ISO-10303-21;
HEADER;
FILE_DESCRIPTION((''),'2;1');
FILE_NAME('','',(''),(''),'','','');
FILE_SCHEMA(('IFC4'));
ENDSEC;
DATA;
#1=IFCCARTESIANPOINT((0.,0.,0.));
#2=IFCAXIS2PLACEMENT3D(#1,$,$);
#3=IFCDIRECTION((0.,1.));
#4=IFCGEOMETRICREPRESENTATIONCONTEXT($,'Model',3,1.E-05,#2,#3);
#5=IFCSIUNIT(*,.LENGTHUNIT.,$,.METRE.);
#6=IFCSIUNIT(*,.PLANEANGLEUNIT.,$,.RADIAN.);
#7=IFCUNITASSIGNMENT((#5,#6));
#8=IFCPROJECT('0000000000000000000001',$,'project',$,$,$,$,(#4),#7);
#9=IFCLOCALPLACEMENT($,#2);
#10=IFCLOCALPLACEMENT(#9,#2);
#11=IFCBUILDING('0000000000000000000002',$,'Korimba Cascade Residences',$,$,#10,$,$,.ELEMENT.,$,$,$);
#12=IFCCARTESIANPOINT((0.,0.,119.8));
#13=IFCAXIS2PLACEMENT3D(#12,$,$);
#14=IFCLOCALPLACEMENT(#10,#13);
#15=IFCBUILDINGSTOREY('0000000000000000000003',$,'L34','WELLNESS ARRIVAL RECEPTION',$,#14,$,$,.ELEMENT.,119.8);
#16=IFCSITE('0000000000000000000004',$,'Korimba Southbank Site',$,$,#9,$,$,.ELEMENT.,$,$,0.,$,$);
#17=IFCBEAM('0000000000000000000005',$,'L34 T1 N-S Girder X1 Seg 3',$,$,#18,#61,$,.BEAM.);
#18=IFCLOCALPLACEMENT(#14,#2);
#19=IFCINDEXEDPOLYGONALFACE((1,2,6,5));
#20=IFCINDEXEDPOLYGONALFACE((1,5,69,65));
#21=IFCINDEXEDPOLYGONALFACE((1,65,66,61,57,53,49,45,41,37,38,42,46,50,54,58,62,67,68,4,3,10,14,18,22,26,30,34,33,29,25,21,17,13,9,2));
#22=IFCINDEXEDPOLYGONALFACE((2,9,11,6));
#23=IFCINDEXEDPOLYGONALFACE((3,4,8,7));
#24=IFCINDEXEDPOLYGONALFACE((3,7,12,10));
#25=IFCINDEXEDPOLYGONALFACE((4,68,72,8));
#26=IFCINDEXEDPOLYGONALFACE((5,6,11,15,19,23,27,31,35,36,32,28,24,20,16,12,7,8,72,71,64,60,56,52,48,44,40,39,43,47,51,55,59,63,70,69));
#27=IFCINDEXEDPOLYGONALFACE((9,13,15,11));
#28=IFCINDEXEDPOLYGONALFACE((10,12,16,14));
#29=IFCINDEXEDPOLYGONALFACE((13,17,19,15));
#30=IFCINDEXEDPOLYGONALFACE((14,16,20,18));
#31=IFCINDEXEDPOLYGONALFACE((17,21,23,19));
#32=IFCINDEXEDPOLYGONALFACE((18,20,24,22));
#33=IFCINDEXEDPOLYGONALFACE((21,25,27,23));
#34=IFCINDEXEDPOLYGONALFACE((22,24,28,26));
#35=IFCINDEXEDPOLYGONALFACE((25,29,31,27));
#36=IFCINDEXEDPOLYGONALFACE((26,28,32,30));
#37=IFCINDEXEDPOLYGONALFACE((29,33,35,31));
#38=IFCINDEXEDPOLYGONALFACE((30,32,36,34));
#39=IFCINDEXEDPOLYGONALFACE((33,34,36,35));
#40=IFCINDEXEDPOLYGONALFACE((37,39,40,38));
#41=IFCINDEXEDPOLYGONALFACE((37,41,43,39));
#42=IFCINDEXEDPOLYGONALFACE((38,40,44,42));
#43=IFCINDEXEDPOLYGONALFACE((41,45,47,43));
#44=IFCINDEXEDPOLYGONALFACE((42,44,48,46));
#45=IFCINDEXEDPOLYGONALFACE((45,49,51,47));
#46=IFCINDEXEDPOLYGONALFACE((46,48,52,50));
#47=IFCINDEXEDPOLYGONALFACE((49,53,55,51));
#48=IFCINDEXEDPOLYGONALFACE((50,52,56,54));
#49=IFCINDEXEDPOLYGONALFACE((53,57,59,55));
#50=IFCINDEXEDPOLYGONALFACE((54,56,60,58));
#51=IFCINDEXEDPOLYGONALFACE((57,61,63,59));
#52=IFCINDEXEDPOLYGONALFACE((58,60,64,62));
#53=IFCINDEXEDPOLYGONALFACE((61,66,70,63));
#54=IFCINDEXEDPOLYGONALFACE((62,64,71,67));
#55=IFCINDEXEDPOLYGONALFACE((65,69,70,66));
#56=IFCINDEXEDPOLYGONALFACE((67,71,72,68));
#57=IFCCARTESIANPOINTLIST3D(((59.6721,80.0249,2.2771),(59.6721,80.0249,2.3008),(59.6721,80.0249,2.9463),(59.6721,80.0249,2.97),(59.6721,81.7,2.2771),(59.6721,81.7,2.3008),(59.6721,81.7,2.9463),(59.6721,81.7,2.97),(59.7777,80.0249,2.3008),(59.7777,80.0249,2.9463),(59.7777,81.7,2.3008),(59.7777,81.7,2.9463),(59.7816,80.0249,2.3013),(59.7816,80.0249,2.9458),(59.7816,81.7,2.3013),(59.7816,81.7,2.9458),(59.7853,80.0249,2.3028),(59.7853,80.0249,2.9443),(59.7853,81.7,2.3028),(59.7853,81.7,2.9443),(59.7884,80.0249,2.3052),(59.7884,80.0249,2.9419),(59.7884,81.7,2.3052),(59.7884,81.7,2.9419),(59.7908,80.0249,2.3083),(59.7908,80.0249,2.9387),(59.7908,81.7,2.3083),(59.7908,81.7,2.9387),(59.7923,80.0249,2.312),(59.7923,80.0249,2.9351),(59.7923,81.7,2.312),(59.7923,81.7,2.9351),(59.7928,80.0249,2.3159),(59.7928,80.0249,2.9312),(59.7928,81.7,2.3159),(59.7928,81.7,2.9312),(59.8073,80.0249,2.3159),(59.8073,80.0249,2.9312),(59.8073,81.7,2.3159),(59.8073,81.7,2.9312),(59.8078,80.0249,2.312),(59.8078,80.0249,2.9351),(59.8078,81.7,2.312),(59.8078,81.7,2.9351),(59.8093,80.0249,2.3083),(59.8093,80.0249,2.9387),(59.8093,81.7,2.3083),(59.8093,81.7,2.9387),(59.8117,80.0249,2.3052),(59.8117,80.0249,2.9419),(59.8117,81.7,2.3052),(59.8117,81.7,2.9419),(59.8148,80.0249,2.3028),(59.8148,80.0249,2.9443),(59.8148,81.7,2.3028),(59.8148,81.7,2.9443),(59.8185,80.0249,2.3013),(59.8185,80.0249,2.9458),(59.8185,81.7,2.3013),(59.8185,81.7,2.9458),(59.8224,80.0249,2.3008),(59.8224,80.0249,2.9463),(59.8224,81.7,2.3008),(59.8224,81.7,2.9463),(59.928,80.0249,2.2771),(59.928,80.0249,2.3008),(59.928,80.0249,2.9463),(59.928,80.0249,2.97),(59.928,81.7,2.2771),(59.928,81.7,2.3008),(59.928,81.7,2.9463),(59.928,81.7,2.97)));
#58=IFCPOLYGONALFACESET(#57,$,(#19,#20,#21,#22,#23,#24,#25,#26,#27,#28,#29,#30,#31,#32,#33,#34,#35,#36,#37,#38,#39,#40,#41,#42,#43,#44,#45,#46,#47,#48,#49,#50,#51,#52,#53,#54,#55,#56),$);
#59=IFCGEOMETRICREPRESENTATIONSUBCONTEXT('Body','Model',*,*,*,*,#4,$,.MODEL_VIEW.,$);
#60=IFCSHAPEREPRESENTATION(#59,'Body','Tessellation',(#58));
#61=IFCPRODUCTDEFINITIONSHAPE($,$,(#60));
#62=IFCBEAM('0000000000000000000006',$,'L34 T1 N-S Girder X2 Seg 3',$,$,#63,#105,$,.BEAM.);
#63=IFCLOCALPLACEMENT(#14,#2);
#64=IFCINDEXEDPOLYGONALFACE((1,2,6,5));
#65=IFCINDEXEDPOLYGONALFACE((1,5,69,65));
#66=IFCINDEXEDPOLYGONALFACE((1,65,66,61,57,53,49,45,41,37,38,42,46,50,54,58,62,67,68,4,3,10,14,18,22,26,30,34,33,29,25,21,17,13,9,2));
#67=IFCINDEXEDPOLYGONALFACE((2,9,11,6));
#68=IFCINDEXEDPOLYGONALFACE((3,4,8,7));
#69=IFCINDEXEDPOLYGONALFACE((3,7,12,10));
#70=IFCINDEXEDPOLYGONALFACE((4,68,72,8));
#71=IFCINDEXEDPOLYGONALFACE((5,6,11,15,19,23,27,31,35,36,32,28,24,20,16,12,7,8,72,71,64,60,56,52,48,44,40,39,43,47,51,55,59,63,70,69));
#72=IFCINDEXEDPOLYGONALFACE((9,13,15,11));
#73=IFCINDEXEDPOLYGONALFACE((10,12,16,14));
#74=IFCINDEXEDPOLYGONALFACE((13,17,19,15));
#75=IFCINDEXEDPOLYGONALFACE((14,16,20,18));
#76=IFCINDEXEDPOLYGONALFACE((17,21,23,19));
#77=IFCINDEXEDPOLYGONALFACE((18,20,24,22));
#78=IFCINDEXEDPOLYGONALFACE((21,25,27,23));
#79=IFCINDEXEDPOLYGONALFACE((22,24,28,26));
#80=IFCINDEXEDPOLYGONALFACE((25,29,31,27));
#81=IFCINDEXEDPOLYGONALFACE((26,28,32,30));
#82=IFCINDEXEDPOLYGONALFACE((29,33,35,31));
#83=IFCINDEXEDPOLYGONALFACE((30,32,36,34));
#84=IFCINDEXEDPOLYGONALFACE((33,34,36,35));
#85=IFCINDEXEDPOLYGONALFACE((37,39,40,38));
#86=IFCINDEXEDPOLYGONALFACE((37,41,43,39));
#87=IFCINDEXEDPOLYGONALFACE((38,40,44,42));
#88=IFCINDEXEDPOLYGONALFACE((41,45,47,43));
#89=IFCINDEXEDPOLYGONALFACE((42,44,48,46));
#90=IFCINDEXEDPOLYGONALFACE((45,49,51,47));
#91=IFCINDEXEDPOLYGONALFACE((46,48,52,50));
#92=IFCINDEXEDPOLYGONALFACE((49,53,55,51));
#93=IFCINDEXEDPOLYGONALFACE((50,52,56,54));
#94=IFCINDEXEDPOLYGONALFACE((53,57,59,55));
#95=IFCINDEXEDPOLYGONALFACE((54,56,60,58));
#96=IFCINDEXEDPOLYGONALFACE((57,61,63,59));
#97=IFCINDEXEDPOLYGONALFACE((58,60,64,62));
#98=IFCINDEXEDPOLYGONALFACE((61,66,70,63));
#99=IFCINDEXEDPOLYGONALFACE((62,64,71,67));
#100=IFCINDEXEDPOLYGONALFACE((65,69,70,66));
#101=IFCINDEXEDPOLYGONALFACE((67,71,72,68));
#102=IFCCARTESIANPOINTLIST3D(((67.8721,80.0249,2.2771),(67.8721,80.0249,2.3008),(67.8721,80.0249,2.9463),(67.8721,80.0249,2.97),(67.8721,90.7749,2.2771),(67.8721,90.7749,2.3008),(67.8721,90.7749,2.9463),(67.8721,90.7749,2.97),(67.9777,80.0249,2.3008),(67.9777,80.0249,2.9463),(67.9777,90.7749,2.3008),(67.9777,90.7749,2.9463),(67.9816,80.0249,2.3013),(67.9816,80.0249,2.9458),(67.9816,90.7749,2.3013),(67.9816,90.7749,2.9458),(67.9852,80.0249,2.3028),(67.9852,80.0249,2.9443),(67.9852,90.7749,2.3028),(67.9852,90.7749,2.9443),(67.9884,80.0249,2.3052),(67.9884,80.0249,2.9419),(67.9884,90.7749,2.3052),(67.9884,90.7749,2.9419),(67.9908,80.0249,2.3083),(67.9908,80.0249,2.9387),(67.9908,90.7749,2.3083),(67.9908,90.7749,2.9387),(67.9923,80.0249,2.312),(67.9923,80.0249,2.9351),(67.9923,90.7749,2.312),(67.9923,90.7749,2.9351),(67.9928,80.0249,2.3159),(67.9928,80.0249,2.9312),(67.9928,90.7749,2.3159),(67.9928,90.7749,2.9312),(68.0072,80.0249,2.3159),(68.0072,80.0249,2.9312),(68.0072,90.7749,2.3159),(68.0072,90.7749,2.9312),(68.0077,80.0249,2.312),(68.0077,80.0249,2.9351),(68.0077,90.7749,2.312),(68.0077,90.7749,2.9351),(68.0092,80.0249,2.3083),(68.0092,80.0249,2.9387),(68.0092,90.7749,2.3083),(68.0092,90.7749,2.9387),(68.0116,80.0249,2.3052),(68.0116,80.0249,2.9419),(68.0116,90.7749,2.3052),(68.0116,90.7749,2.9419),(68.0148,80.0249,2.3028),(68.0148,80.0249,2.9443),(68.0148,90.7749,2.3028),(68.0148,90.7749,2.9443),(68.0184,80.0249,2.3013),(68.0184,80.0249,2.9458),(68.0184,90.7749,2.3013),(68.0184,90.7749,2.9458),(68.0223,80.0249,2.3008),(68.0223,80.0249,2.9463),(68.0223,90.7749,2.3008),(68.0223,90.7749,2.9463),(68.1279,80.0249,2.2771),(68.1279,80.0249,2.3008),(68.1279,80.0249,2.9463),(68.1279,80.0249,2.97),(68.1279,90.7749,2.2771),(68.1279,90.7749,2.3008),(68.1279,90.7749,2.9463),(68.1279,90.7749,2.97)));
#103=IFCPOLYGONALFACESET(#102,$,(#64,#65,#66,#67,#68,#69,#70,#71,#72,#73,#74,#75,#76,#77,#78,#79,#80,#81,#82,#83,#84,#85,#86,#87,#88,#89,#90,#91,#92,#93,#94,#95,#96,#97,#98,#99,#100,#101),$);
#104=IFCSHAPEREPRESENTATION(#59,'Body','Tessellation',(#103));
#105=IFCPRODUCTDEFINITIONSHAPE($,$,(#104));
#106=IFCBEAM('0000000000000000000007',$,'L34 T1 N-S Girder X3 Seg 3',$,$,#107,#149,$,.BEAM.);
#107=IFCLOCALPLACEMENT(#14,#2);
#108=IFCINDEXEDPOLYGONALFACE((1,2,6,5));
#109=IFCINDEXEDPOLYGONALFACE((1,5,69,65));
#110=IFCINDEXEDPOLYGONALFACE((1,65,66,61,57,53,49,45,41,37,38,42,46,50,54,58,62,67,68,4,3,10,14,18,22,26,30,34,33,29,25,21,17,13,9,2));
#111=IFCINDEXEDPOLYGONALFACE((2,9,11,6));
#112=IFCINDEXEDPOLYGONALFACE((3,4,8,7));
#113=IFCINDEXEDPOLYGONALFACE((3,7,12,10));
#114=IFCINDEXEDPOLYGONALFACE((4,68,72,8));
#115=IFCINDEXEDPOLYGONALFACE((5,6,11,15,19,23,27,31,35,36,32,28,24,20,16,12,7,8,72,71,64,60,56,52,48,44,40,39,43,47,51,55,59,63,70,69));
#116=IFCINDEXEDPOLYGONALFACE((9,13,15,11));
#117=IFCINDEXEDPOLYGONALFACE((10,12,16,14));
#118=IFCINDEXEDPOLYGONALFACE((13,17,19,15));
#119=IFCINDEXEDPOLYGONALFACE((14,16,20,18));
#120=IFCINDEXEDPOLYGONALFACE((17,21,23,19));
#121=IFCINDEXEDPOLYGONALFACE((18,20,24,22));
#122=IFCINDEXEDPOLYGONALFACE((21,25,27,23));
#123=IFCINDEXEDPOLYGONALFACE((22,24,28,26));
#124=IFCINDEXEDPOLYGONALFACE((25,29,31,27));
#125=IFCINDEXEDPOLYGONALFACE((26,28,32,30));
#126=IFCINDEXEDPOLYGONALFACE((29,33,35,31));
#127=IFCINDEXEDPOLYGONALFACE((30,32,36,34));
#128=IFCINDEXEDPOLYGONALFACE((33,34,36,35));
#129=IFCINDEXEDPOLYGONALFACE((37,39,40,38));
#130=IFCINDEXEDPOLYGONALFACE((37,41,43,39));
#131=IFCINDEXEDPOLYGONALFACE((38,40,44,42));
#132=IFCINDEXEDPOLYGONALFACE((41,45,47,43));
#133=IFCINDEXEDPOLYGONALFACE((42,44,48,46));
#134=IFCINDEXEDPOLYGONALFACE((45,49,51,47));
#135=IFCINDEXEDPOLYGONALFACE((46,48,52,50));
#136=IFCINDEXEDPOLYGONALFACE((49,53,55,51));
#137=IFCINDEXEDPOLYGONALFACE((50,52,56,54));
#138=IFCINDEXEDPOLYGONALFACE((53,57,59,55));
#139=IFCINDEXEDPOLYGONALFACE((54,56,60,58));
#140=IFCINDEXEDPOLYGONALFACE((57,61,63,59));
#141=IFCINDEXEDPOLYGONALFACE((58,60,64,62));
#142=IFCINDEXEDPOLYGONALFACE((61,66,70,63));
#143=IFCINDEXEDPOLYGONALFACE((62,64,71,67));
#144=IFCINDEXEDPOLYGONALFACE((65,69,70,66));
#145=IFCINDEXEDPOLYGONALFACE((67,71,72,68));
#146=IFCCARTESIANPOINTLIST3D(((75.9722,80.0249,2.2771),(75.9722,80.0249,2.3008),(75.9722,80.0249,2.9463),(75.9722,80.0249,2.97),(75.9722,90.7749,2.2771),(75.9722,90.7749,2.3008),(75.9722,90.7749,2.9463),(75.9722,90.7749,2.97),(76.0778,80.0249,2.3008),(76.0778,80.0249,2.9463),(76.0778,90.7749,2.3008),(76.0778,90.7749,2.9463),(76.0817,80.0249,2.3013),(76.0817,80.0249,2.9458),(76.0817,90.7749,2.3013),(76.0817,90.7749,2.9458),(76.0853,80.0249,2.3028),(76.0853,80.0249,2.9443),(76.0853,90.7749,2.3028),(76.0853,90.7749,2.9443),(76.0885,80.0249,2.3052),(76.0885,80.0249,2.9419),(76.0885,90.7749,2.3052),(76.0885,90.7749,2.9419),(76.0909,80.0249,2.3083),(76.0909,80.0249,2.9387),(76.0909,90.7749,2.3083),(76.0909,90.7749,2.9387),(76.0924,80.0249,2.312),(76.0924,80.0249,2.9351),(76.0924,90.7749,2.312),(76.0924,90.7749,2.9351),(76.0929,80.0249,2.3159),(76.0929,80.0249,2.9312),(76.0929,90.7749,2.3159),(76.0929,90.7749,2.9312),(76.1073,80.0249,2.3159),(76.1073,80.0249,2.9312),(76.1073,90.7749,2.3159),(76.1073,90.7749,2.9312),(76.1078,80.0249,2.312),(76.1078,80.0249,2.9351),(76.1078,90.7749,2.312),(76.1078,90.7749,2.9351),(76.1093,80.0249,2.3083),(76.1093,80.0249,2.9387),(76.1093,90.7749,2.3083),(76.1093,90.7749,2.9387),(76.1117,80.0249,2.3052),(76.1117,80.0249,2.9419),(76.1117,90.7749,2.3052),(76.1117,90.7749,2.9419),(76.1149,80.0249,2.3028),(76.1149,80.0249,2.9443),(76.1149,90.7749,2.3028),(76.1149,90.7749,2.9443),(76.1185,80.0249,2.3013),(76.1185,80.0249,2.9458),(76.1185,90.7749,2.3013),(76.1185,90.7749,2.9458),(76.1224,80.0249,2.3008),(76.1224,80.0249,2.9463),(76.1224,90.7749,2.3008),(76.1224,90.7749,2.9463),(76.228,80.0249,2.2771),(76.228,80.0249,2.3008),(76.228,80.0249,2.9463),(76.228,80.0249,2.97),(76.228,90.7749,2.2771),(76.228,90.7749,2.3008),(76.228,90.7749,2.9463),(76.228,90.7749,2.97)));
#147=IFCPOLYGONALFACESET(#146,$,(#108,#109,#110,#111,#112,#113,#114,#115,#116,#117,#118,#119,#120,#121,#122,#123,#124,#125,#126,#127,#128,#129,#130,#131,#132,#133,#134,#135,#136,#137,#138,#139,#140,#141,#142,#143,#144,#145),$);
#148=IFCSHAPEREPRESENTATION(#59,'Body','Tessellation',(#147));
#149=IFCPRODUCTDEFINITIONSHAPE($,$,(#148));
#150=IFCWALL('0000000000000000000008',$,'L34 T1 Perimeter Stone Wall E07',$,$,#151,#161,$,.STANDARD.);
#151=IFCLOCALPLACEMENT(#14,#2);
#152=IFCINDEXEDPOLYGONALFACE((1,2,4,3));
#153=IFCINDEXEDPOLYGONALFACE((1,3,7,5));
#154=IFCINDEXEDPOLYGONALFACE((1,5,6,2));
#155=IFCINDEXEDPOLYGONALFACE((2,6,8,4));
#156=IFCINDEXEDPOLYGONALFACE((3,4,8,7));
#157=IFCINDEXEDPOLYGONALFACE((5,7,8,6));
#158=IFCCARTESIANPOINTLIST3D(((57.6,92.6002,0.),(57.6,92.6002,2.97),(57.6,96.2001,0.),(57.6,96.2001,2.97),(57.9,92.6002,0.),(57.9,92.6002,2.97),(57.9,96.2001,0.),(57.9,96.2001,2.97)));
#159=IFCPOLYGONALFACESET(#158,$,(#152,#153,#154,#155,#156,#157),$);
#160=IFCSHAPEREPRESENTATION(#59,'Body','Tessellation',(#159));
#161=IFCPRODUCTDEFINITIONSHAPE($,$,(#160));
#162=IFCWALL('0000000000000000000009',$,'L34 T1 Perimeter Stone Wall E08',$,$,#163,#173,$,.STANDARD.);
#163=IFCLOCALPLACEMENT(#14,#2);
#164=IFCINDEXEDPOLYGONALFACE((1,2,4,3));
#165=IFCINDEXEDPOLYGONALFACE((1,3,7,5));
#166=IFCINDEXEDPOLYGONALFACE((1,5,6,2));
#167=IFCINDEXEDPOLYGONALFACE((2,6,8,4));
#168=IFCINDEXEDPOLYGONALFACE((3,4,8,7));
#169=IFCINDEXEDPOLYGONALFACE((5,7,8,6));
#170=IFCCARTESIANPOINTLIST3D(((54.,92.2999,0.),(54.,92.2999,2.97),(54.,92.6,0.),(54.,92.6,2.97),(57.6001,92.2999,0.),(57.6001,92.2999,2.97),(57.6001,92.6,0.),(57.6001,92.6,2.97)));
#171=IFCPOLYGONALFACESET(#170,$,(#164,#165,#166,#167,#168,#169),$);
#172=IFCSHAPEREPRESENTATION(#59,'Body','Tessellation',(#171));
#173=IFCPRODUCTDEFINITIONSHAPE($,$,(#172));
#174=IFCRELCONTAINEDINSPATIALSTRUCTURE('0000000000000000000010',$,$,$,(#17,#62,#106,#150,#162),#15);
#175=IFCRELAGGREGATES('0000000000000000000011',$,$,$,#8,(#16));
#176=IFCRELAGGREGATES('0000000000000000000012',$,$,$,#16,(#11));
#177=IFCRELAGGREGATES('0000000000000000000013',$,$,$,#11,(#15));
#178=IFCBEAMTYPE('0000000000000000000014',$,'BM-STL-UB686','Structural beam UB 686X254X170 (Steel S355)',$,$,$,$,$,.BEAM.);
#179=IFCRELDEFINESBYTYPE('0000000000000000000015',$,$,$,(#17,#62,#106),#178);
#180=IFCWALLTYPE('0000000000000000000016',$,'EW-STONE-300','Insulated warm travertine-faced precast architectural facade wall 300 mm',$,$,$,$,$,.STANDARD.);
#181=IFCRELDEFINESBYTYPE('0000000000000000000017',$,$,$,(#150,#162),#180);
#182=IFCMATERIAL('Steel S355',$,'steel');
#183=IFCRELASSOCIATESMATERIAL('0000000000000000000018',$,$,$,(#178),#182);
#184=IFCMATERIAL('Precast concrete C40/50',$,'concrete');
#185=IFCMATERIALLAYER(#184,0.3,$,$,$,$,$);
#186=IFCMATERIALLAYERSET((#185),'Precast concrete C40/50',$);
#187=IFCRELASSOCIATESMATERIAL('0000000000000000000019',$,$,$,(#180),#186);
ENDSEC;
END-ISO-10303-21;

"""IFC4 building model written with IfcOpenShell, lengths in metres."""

from ifc_helpers import new_model, si_unit, direction, frame, frame_2d, origin, origin_2d, place, context, subcontext, project, spatial, rectangle, i_section, extrude, material, layer, layer_set, material_profile, profile_set, type_object, element, save


model = new_model("IFC4")

# Units and contexts
model_context = context("Model", 3, precision=1e-05, world=origin(), true_north=direction((0.0, 1.0)))
body_context = subcontext(model_context, "Body", "Model", "MODEL_VIEW")
ifc_project = project(units=[si_unit("LENGTHUNIT", "METRE"), si_unit("PLANEANGLEUNIT", "RADIAN")], contexts=[model_context])

# Site, building, storey
site_placement = place(None, origin())
site = spatial("IfcSite", under=ifc_project, at=site_placement, Name="Korimba Southbank Site", CompositionType="ELEMENT", RefElevation=0.0)
building_placement = place(site_placement, origin())
building = spatial("IfcBuilding", under=site, at=building_placement, Name="Korimba Cascade Residences", CompositionType="ELEMENT")
storey_placement = place(building_placement, frame((0.0, 0.0, 119.8)))
storey = spatial("IfcBuildingStorey", under=building, at=storey_placement, Name="L34", Description="WELLNESS ARRIVAL RECEPTION", CompositionType="ELEMENT", Elevation=119.8)

# Beams
ifc_material_1 = material(Name="Steel S355", Category="steel")
ifc_material_profile_1 = material_profile(ifc_material_1, i_section(OverallWidth=0.2559, OverallDepth=0.6929, WebThickness=0.0144, FlangeThickness=0.0237, FilletRadius=0.0151, at=origin_2d()), Name="Steel S355")
ifc_profile_set_1 = profile_set([ifc_material_profile_1], Name="Steel S355")
beam_type_1 = type_object("IfcBeamType", Name="BM-STL-UB686", Description="Structural beam UB 686X254X170 (Steel S355)", PredefinedType="BEAM", material=ifc_profile_set_1)
beam_1_placement = place(storey_placement, frame((59.8, 80.0249, 2.6235), z_axis=(0.0, 1.0, 0.0), x_axis=(-1.0, 0.0, 0.0)))
element("IfcBeam", 1, at=beam_1_placement, inside=storey, type_object=beam_type_1, Name="L34 T1 N-S Girder X1 Seg 3", PredefinedType="BEAM", context=body_context, shape_type="SweptSolid", body=[
    extrude(i_section(OverallWidth=0.2559, OverallDepth=0.6929, WebThickness=0.0144, FlangeThickness=0.0237, FilletRadius=0.0151, at=origin_2d()), origin(), (0.0, 0.0, 1.0), 1.675),
])
for number, where, z_axis, x_axis, name in (
    (2, (68.0, 80.0249, 2.6235), (0.0, 1.0, 0.0), (-1.0, 0.0, 0.0), "L34 T1 N-S Girder X2 Seg 3"),
    (3, (76.1001, 80.0249, 2.6235), (0.0, 1.0, 0.0), (-1.0, 0.0, 0.0), "L34 T1 N-S Girder X3 Seg 3"),
):
    element("IfcBeam", number, at=place(storey_placement, frame(where, z_axis=z_axis, x_axis=x_axis)), inside=storey, type_object=beam_type_1, Name=name, PredefinedType="BEAM", context=body_context, shape_type="SweptSolid", body=[
        extrude(i_section(OverallWidth=0.2559, OverallDepth=0.6929, WebThickness=0.0144, FlangeThickness=0.0237, FilletRadius=0.0151, at=origin_2d()), origin(), (0.0, 0.0, 1.0), 10.75),
    ])

# Walls
ifc_material_2 = material(Name="Precast concrete C40/50", Category="concrete")
ifc_layer_1 = layer(ifc_material_2, 0.3)
ifc_layer_set_1 = layer_set([ifc_layer_1], Name="Precast concrete C40/50")
wall_type_1 = type_object("IfcWallType", Name="EW-STONE-300", Description="Insulated warm travertine-faced precast architectural facade wall 300 mm", PredefinedType="STANDARD", material=ifc_layer_set_1)
wall_1_placement = place(storey_placement, frame((57.75, 96.2, 0.0), z_axis=(0.0, 0.0, 1.0), x_axis=(0.0, -1.0, 0.0)))
element("IfcWall", 4, at=wall_1_placement, inside=storey, type_object=wall_type_1, Name="L34 T1 Perimeter Stone Wall E07", PredefinedType="STANDARD", context=body_context, shape_type="SweptSolid", body=[
    extrude(rectangle(XDim=3.5999, YDim=0.3, at=frame_2d((1.7998, 0.0))), origin(), (0.0, 0.0, 1.0), 2.97),
])
wall_2_placement = place(storey_placement, frame((57.6001, 92.45, 0.0), z_axis=(0.0, 0.0, 1.0), x_axis=(-1.0, 0.0, 0.0)))
element("IfcWall", 5, at=wall_2_placement, inside=storey, type_object=wall_type_1, Name="L34 T1 Perimeter Stone Wall E08", PredefinedType="STANDARD", context=body_context, shape_type="SweptSolid", body=[
    extrude(rectangle(XDim=3.6001, YDim=0.3, at=frame_2d((1.8, 0.0))), origin(), (0.0, 0.0, 1.0), 2.97),
])

save(model, "model.ifc")
